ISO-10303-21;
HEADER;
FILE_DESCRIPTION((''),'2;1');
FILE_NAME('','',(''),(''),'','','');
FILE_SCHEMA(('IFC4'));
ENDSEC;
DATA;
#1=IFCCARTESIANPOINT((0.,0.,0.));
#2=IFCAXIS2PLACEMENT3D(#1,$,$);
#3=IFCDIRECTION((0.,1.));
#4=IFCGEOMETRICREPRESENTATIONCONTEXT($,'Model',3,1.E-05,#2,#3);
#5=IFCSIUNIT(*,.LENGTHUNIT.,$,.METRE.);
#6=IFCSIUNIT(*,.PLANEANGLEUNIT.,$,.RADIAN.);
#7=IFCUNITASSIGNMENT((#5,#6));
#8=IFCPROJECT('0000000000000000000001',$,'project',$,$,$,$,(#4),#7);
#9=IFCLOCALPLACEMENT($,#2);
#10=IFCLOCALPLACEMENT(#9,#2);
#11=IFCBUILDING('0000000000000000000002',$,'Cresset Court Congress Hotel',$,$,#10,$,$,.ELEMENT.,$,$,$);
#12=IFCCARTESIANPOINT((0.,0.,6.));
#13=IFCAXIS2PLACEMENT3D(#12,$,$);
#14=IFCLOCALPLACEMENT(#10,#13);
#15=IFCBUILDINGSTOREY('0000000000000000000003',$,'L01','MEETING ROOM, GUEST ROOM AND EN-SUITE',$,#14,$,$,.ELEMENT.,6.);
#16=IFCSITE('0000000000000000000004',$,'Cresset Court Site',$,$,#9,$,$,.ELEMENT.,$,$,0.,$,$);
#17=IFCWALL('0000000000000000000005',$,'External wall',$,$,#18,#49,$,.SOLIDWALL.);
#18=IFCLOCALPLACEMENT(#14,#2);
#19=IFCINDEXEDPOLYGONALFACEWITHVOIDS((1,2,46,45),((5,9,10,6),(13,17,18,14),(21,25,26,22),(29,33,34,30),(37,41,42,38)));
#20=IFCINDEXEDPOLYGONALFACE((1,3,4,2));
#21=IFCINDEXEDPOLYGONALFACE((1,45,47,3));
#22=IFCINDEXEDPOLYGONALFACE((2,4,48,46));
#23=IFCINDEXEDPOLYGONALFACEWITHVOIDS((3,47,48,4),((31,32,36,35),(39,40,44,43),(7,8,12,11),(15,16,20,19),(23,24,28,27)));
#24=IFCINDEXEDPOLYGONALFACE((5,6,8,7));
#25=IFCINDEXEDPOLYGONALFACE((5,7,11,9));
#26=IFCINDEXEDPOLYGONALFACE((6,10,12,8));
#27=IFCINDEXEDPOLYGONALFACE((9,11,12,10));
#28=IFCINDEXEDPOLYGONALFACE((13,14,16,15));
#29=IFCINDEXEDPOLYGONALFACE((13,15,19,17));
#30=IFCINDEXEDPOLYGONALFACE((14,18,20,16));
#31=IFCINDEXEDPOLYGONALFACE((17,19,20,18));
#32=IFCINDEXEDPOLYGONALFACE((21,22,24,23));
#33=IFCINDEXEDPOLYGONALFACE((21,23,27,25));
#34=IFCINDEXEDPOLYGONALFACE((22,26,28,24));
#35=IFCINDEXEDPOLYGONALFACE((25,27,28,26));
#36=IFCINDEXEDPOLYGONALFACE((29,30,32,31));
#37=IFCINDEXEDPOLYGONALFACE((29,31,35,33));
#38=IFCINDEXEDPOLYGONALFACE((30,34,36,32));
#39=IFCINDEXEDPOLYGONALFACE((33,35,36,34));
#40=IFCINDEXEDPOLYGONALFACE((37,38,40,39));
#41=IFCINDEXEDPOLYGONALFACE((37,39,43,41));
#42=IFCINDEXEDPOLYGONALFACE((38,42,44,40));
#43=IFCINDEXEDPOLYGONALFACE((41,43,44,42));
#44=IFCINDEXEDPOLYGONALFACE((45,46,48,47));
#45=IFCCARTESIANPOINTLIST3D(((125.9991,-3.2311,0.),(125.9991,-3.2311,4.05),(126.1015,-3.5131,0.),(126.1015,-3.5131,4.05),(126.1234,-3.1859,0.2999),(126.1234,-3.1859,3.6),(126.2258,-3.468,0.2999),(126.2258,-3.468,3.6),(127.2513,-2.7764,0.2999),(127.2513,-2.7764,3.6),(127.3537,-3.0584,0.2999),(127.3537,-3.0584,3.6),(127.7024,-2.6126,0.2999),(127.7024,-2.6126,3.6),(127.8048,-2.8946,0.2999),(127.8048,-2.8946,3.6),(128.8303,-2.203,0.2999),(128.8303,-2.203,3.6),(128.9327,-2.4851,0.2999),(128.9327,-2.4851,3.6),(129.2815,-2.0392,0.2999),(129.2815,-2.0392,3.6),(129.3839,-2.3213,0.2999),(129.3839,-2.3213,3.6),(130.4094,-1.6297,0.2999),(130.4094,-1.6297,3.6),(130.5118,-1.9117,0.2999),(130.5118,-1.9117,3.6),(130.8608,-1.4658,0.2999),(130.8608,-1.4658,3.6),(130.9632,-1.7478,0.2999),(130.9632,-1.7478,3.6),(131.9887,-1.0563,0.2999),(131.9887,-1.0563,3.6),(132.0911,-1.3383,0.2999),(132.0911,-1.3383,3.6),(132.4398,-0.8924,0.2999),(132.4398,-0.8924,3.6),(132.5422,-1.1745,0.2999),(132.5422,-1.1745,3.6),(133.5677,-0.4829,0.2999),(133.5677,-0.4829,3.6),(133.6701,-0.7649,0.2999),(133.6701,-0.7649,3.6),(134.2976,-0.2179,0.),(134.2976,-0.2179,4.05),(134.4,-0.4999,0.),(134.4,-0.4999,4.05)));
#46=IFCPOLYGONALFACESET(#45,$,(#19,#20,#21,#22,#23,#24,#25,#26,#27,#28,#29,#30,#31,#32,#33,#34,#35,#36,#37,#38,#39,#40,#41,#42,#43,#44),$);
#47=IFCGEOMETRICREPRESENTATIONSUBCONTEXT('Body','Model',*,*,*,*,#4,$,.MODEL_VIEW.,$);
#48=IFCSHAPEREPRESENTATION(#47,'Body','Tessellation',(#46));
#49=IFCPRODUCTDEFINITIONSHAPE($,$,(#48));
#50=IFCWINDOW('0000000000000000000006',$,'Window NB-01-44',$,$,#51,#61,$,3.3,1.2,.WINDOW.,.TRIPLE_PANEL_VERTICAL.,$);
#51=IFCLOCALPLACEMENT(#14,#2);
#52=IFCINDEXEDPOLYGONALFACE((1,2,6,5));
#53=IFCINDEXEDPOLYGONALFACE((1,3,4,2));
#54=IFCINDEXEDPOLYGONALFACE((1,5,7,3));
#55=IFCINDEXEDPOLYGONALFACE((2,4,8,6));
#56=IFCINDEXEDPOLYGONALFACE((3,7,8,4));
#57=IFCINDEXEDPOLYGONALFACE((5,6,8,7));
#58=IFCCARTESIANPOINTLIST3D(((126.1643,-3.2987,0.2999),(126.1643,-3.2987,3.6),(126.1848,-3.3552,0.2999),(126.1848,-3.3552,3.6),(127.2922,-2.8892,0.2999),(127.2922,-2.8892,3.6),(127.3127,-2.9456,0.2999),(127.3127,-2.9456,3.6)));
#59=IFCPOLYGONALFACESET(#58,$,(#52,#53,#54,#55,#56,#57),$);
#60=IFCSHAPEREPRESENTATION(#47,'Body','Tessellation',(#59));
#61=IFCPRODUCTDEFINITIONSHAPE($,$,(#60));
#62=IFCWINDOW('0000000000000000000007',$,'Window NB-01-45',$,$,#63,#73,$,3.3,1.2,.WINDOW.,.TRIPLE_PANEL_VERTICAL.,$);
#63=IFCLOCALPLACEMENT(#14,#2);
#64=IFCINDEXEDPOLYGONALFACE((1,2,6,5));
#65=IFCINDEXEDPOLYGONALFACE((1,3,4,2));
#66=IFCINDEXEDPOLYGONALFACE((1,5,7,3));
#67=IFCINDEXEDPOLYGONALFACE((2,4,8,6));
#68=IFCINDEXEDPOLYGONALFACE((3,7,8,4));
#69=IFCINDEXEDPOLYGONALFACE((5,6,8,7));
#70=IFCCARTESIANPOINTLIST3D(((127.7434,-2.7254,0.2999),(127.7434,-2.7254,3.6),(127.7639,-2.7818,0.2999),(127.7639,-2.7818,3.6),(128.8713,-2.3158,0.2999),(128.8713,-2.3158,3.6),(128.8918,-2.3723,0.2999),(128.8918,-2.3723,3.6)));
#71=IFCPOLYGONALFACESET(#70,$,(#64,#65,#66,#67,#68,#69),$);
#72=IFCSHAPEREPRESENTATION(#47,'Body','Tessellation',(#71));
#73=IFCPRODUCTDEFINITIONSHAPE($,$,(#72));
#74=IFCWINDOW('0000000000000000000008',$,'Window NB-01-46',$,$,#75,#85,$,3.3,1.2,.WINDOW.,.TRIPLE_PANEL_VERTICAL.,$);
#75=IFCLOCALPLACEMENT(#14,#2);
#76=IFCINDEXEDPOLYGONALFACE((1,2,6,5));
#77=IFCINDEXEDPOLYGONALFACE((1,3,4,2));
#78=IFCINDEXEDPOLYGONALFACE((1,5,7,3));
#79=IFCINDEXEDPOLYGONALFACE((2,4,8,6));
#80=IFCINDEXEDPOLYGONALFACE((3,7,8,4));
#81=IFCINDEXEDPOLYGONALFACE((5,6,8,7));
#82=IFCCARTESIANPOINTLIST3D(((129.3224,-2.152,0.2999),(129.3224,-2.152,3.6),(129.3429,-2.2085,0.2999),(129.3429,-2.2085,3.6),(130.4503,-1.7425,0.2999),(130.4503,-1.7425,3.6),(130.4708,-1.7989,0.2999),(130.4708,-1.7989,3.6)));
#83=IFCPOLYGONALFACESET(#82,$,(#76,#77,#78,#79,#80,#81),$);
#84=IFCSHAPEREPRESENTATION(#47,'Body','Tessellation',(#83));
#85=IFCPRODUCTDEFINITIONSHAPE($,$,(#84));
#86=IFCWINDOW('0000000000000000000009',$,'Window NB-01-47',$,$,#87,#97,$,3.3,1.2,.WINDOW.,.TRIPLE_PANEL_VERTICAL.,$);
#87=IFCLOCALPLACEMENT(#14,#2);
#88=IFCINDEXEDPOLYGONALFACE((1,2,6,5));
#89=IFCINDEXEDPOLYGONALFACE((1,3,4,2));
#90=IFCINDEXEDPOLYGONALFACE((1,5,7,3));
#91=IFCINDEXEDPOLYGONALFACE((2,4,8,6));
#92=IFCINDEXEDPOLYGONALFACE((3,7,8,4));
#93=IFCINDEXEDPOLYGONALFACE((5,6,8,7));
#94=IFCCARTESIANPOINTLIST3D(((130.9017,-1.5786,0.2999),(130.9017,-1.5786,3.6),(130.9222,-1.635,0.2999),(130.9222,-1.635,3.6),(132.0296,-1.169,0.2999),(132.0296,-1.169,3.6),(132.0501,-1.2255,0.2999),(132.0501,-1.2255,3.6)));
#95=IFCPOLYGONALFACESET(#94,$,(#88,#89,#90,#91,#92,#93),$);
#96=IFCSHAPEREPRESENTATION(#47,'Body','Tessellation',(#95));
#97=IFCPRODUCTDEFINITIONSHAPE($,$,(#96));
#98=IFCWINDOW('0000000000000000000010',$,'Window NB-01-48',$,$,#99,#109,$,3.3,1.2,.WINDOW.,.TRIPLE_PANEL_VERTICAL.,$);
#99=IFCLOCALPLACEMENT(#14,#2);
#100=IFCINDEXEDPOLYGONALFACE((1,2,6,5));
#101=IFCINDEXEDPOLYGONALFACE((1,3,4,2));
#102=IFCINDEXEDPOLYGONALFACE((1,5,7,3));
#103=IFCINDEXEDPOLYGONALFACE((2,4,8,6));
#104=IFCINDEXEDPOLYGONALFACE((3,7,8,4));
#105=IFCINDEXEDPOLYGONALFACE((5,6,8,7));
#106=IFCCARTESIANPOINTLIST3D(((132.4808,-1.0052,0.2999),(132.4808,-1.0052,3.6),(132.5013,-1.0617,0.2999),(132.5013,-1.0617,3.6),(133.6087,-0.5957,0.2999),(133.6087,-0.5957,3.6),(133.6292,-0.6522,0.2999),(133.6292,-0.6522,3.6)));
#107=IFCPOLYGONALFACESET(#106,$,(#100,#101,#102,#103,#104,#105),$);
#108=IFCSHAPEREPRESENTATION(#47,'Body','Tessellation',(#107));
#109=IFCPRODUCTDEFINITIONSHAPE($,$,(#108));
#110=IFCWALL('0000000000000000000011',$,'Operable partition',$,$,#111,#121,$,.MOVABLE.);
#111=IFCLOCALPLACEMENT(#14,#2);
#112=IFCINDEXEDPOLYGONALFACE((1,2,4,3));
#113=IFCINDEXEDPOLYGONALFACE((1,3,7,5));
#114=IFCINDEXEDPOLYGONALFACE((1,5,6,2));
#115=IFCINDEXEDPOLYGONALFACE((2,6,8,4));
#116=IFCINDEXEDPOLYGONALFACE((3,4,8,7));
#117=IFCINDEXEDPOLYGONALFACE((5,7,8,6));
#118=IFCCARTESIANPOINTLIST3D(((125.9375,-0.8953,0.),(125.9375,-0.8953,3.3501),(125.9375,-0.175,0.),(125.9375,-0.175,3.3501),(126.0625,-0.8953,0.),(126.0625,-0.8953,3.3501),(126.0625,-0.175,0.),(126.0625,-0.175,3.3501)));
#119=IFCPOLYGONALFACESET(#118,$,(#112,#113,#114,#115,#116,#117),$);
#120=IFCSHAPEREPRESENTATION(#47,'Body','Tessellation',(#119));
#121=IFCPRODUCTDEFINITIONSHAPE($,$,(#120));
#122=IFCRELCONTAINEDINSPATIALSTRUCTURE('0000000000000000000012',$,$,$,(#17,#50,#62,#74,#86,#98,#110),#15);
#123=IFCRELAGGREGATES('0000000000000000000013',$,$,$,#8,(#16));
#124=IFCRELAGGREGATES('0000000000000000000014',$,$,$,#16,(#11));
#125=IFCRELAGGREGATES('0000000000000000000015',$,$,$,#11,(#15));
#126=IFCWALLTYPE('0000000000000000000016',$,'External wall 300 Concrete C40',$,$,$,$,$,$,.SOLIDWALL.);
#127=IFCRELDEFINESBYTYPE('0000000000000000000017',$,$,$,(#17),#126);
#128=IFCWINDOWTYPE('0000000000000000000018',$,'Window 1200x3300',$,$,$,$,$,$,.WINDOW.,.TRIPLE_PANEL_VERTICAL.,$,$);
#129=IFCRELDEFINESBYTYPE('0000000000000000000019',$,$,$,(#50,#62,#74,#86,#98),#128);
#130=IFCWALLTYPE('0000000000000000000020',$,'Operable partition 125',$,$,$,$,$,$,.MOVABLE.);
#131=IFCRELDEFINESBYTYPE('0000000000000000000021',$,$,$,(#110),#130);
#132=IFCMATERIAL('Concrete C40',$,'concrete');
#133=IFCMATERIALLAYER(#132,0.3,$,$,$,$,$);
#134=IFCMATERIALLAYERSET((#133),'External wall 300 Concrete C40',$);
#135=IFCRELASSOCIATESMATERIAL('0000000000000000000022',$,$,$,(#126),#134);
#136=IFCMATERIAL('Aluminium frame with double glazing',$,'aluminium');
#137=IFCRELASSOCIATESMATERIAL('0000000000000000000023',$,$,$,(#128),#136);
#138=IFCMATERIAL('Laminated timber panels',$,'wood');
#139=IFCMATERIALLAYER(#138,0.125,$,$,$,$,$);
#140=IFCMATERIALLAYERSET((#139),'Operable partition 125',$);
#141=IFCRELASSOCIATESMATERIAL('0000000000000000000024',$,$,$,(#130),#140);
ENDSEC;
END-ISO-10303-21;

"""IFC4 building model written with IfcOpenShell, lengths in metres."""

from ifc_helpers import new_model, si_unit, direction, frame, frame_2d, origin, place, context, subcontext, project, spatial, rectangle, extrude, material, layer, layer_set, type_object, element, fill, save


model = new_model("IFC4")

# Units and contexts
model_context = context("Model", 3, precision=1e-05, world=origin(), true_north=direction((0.0, 1.0)))
body_context = subcontext(model_context, "Body", "Model", "MODEL_VIEW")
ifc_project = project(units=[si_unit("LENGTHUNIT", "METRE"), si_unit("PLANEANGLEUNIT", "RADIAN")], contexts=[model_context])

# Site, building, storey
site_placement = place(None, origin())
site = spatial("IfcSite", under=ifc_project, at=site_placement, Name="Cresset Court Site", CompositionType="ELEMENT", RefElevation=0.0)
building_placement = place(site_placement, origin())
building = spatial("IfcBuilding", under=site, at=building_placement, Name="Cresset Court Congress Hotel", CompositionType="ELEMENT")
storey_placement = place(building_placement, frame((0.0, 0.0, 6.0)))
storey = spatial("IfcBuildingStorey", under=building, at=storey_placement, Name="L01", Description="MEETING ROOM, GUEST ROOM AND EN-SUITE", CompositionType="ELEMENT", Elevation=6.0)

# Shared definitions
ifc_material_1 = material(Name="Concrete C40", Category="concrete")
ifc_layer_1 = layer(ifc_material_1, 0.3)
ifc_layer_set_1 = layer_set([ifc_layer_1], Name="External wall 300 Concrete C40")
wall_type_1 = type_object("IfcWallType", Name="External wall 300 Concrete C40", PredefinedType="SOLIDWALL", material=ifc_layer_set_1)

# Wall, openings, windows
wall_1_placement = place(storey_placement, frame((126.0503, -3.3721, 0.0), z_axis=(0.0, 0.0, 1.0), x_axis=(0.939956, 0.341295, 0.0)))
wall_1 = element("IfcWall", 1, at=wall_1_placement, inside=storey, type_object=wall_type_1, Name="External wall", PredefinedType="SOLIDWALL", context=body_context, shape_type="SweptSolid", body=[
    extrude(rectangle(XDim=8.8286, YDim=0.3, at=frame_2d((4.4143, 0.0))), origin(), (0.0, 0.0, 1.0), 4.05),
])
opening_1_placement = place(wall_1_placement, frame((0.1321, 0.0, 0.3)))
opening_1 = element("IfcOpeningElement", 2, at=opening_1_placement, cuts=wall_1, PredefinedType="OPENING", context=body_context, shape_type="SweptSolid", body=[
    extrude(rectangle(XDim=1.2, YDim=3.3, at=frame_2d((0.6001, 1.6499))), frame((0.0, 0.1599, 0.0), z_axis=(0.0, -1.0, 0.0), x_axis=(1.0, 0.0, 0.0)), (0.0, 0.0, 1.0), 0.3201),
])
opening_2_placement = place(wall_1_placement, frame((1.812, 0.0, 0.3)))
opening_2 = element("IfcOpeningElement", 3, at=opening_2_placement, cuts=wall_1, PredefinedType="OPENING", context=body_context, shape_type="SweptSolid", body=[
    extrude(rectangle(XDim=1.2, YDim=3.3, at=frame_2d((0.6001, 1.6499))), frame((0.0, 0.1599, 0.0), z_axis=(0.0, -1.0, 0.0), x_axis=(1.0, 0.0, 0.0)), (0.0, 0.0, 1.0), 0.3201),
])
opening_3_placement = place(wall_1_placement, frame((3.4919, 0.0, 0.3)))
opening_3 = element("IfcOpeningElement", 4, at=opening_3_placement, cuts=wall_1, PredefinedType="OPENING", context=body_context, shape_type="SweptSolid", body=[
    extrude(rectangle(XDim=1.2, YDim=3.3, at=frame_2d((0.6001, 1.6499))), frame((0.0, 0.1599, 0.0), z_axis=(0.0, -1.0, 0.0), x_axis=(1.0, 0.0, 0.0)), (0.0, 0.0, 1.0), 0.3201),
])
opening_4_placement = place(wall_1_placement, frame((5.1721, 0.0, 0.3)))
opening_4 = element("IfcOpeningElement", 5, at=opening_4_placement, cuts=wall_1, PredefinedType="OPENING", context=body_context, shape_type="SweptSolid", body=[
    extrude(rectangle(XDim=1.2, YDim=3.3, at=frame_2d((0.6001, 1.6499))), frame((0.0, 0.1599, 0.0), z_axis=(0.0, -1.0, 0.0), x_axis=(1.0, 0.0, 0.0)), (0.0, 0.0, 1.0), 0.3201),
])
opening_5_placement = place(wall_1_placement, frame((6.8521, 0.0, 0.3)))
opening_5 = element("IfcOpeningElement", 6, at=opening_5_placement, cuts=wall_1, PredefinedType="OPENING", context=body_context, shape_type="SweptSolid", body=[
    extrude(rectangle(XDim=1.2, YDim=3.3, at=frame_2d((0.6001, 1.6499))), frame((0.0, 0.1599, 0.0), z_axis=(0.0, -1.0, 0.0), x_axis=(1.0, 0.0, 0.0)), (0.0, 0.0, 1.0), 0.3201),
])
ifc_material_2 = material(Name="Aluminium frame with double glazing", Category="aluminium")
window_type = type_object("IfcWindowType", Name="Window 1200x3300", PartitioningType="TRIPLE_PANEL_VERTICAL", PredefinedType="WINDOW", material=ifc_material_2)
window_1_placement = place(opening_1_placement, origin())
window_1 = element("IfcWindow", 7, at=window_1_placement, inside=storey, type_object=window_type, Name="Window NB-01-44", OverallHeight=3.3, OverallWidth=1.2, PartitioningType="TRIPLE_PANEL_VERTICAL", PredefinedType="WINDOW", context=body_context, shape_type="SweptSolid", body=[
    extrude(rectangle(XDim=1.2, YDim=3.3, at=frame_2d((0.6001, 1.6499))), frame((0.0, 0.03, 0.0), z_axis=(0.0, -1.0, 0.0), x_axis=(1.0, 0.0, 0.0)), (0.0, 0.0, 1.0), 0.0601),
])
fill(opening_1, window_1)
window_2_placement = place(opening_2_placement, origin())
window_2 = element("IfcWindow", 8, at=window_2_placement, inside=storey, type_object=window_type, Name="Window NB-01-45", OverallHeight=3.3, OverallWidth=1.2, PartitioningType="TRIPLE_PANEL_VERTICAL", PredefinedType="WINDOW", context=body_context, shape_type="SweptSolid", body=[
    extrude(rectangle(XDim=1.2, YDim=3.3, at=frame_2d((0.6001, 1.6499))), frame((0.0, 0.03, 0.0), z_axis=(0.0, -1.0, 0.0), x_axis=(1.0, 0.0, 0.0)), (0.0, 0.0, 1.0), 0.0601),
])
fill(opening_2, window_2)
window_3_placement = place(opening_3_placement, origin())
window_3 = element("IfcWindow", 9, at=window_3_placement, inside=storey, type_object=window_type, Name="Window NB-01-46", OverallHeight=3.3, OverallWidth=1.2, PartitioningType="TRIPLE_PANEL_VERTICAL", PredefinedType="WINDOW", context=body_context, shape_type="SweptSolid", body=[
    extrude(rectangle(XDim=1.2, YDim=3.3, at=frame_2d((0.6001, 1.6499))), frame((0.0, 0.03, 0.0), z_axis=(0.0, -1.0, 0.0), x_axis=(1.0, 0.0, 0.0)), (0.0, 0.0, 1.0), 0.0601),
])
fill(opening_3, window_3)
window_4_placement = place(opening_4_placement, origin())
window_4 = element("IfcWindow", 10, at=window_4_placement, inside=storey, type_object=window_type, Name="Window NB-01-47", OverallHeight=3.3, OverallWidth=1.2, PartitioningType="TRIPLE_PANEL_VERTICAL", PredefinedType="WINDOW", context=body_context, shape_type="SweptSolid", body=[
    extrude(rectangle(XDim=1.2, YDim=3.3, at=frame_2d((0.6001, 1.6499))), frame((0.0, 0.03, 0.0), z_axis=(0.0, -1.0, 0.0), x_axis=(1.0, 0.0, 0.0)), (0.0, 0.0, 1.0), 0.0601),
])
fill(opening_4, window_4)
window_5_placement = place(opening_5_placement, origin())
window_5 = element("IfcWindow", 11, at=window_5_placement, inside=storey, type_object=window_type, Name="Window NB-01-48", OverallHeight=3.3, OverallWidth=1.2, PartitioningType="TRIPLE_PANEL_VERTICAL", PredefinedType="WINDOW", context=body_context, shape_type="SweptSolid", body=[
    extrude(rectangle(XDim=1.2, YDim=3.3, at=frame_2d((0.6001, 1.6499))), frame((0.0, 0.03, 0.0), z_axis=(0.0, -1.0, 0.0), x_axis=(1.0, 0.0, 0.0)), (0.0, 0.0, 1.0), 0.0601),
])
fill(opening_5, window_5)

# Wall
ifc_material_3 = material(Name="Laminated timber panels", Category="wood")
ifc_layer_2 = layer(ifc_material_3, 0.125)
ifc_layer_set_2 = layer_set([ifc_layer_2], Name="Operable partition 125")
wall_type_2 = type_object("IfcWallType", Name="Operable partition 125", PredefinedType="MOVABLE", material=ifc_layer_set_2)
wall_2_placement = place(storey_placement, frame((126.0, -0.8953, 0.0), z_axis=(0.0, 0.0, 1.0), x_axis=(0.0, 1.0, 0.0)))
element("IfcWall", 12, at=wall_2_placement, inside=storey, type_object=wall_type_2, Name="Operable partition", PredefinedType="MOVABLE", context=body_context, shape_type="SweptSolid", body=[
    extrude(rectangle(XDim=0.7202, YDim=0.125, at=frame_2d((0.3601, 0.0))), origin(), (0.0, 0.0, 1.0), 3.3501),
])

save(model, "model.ifc")
